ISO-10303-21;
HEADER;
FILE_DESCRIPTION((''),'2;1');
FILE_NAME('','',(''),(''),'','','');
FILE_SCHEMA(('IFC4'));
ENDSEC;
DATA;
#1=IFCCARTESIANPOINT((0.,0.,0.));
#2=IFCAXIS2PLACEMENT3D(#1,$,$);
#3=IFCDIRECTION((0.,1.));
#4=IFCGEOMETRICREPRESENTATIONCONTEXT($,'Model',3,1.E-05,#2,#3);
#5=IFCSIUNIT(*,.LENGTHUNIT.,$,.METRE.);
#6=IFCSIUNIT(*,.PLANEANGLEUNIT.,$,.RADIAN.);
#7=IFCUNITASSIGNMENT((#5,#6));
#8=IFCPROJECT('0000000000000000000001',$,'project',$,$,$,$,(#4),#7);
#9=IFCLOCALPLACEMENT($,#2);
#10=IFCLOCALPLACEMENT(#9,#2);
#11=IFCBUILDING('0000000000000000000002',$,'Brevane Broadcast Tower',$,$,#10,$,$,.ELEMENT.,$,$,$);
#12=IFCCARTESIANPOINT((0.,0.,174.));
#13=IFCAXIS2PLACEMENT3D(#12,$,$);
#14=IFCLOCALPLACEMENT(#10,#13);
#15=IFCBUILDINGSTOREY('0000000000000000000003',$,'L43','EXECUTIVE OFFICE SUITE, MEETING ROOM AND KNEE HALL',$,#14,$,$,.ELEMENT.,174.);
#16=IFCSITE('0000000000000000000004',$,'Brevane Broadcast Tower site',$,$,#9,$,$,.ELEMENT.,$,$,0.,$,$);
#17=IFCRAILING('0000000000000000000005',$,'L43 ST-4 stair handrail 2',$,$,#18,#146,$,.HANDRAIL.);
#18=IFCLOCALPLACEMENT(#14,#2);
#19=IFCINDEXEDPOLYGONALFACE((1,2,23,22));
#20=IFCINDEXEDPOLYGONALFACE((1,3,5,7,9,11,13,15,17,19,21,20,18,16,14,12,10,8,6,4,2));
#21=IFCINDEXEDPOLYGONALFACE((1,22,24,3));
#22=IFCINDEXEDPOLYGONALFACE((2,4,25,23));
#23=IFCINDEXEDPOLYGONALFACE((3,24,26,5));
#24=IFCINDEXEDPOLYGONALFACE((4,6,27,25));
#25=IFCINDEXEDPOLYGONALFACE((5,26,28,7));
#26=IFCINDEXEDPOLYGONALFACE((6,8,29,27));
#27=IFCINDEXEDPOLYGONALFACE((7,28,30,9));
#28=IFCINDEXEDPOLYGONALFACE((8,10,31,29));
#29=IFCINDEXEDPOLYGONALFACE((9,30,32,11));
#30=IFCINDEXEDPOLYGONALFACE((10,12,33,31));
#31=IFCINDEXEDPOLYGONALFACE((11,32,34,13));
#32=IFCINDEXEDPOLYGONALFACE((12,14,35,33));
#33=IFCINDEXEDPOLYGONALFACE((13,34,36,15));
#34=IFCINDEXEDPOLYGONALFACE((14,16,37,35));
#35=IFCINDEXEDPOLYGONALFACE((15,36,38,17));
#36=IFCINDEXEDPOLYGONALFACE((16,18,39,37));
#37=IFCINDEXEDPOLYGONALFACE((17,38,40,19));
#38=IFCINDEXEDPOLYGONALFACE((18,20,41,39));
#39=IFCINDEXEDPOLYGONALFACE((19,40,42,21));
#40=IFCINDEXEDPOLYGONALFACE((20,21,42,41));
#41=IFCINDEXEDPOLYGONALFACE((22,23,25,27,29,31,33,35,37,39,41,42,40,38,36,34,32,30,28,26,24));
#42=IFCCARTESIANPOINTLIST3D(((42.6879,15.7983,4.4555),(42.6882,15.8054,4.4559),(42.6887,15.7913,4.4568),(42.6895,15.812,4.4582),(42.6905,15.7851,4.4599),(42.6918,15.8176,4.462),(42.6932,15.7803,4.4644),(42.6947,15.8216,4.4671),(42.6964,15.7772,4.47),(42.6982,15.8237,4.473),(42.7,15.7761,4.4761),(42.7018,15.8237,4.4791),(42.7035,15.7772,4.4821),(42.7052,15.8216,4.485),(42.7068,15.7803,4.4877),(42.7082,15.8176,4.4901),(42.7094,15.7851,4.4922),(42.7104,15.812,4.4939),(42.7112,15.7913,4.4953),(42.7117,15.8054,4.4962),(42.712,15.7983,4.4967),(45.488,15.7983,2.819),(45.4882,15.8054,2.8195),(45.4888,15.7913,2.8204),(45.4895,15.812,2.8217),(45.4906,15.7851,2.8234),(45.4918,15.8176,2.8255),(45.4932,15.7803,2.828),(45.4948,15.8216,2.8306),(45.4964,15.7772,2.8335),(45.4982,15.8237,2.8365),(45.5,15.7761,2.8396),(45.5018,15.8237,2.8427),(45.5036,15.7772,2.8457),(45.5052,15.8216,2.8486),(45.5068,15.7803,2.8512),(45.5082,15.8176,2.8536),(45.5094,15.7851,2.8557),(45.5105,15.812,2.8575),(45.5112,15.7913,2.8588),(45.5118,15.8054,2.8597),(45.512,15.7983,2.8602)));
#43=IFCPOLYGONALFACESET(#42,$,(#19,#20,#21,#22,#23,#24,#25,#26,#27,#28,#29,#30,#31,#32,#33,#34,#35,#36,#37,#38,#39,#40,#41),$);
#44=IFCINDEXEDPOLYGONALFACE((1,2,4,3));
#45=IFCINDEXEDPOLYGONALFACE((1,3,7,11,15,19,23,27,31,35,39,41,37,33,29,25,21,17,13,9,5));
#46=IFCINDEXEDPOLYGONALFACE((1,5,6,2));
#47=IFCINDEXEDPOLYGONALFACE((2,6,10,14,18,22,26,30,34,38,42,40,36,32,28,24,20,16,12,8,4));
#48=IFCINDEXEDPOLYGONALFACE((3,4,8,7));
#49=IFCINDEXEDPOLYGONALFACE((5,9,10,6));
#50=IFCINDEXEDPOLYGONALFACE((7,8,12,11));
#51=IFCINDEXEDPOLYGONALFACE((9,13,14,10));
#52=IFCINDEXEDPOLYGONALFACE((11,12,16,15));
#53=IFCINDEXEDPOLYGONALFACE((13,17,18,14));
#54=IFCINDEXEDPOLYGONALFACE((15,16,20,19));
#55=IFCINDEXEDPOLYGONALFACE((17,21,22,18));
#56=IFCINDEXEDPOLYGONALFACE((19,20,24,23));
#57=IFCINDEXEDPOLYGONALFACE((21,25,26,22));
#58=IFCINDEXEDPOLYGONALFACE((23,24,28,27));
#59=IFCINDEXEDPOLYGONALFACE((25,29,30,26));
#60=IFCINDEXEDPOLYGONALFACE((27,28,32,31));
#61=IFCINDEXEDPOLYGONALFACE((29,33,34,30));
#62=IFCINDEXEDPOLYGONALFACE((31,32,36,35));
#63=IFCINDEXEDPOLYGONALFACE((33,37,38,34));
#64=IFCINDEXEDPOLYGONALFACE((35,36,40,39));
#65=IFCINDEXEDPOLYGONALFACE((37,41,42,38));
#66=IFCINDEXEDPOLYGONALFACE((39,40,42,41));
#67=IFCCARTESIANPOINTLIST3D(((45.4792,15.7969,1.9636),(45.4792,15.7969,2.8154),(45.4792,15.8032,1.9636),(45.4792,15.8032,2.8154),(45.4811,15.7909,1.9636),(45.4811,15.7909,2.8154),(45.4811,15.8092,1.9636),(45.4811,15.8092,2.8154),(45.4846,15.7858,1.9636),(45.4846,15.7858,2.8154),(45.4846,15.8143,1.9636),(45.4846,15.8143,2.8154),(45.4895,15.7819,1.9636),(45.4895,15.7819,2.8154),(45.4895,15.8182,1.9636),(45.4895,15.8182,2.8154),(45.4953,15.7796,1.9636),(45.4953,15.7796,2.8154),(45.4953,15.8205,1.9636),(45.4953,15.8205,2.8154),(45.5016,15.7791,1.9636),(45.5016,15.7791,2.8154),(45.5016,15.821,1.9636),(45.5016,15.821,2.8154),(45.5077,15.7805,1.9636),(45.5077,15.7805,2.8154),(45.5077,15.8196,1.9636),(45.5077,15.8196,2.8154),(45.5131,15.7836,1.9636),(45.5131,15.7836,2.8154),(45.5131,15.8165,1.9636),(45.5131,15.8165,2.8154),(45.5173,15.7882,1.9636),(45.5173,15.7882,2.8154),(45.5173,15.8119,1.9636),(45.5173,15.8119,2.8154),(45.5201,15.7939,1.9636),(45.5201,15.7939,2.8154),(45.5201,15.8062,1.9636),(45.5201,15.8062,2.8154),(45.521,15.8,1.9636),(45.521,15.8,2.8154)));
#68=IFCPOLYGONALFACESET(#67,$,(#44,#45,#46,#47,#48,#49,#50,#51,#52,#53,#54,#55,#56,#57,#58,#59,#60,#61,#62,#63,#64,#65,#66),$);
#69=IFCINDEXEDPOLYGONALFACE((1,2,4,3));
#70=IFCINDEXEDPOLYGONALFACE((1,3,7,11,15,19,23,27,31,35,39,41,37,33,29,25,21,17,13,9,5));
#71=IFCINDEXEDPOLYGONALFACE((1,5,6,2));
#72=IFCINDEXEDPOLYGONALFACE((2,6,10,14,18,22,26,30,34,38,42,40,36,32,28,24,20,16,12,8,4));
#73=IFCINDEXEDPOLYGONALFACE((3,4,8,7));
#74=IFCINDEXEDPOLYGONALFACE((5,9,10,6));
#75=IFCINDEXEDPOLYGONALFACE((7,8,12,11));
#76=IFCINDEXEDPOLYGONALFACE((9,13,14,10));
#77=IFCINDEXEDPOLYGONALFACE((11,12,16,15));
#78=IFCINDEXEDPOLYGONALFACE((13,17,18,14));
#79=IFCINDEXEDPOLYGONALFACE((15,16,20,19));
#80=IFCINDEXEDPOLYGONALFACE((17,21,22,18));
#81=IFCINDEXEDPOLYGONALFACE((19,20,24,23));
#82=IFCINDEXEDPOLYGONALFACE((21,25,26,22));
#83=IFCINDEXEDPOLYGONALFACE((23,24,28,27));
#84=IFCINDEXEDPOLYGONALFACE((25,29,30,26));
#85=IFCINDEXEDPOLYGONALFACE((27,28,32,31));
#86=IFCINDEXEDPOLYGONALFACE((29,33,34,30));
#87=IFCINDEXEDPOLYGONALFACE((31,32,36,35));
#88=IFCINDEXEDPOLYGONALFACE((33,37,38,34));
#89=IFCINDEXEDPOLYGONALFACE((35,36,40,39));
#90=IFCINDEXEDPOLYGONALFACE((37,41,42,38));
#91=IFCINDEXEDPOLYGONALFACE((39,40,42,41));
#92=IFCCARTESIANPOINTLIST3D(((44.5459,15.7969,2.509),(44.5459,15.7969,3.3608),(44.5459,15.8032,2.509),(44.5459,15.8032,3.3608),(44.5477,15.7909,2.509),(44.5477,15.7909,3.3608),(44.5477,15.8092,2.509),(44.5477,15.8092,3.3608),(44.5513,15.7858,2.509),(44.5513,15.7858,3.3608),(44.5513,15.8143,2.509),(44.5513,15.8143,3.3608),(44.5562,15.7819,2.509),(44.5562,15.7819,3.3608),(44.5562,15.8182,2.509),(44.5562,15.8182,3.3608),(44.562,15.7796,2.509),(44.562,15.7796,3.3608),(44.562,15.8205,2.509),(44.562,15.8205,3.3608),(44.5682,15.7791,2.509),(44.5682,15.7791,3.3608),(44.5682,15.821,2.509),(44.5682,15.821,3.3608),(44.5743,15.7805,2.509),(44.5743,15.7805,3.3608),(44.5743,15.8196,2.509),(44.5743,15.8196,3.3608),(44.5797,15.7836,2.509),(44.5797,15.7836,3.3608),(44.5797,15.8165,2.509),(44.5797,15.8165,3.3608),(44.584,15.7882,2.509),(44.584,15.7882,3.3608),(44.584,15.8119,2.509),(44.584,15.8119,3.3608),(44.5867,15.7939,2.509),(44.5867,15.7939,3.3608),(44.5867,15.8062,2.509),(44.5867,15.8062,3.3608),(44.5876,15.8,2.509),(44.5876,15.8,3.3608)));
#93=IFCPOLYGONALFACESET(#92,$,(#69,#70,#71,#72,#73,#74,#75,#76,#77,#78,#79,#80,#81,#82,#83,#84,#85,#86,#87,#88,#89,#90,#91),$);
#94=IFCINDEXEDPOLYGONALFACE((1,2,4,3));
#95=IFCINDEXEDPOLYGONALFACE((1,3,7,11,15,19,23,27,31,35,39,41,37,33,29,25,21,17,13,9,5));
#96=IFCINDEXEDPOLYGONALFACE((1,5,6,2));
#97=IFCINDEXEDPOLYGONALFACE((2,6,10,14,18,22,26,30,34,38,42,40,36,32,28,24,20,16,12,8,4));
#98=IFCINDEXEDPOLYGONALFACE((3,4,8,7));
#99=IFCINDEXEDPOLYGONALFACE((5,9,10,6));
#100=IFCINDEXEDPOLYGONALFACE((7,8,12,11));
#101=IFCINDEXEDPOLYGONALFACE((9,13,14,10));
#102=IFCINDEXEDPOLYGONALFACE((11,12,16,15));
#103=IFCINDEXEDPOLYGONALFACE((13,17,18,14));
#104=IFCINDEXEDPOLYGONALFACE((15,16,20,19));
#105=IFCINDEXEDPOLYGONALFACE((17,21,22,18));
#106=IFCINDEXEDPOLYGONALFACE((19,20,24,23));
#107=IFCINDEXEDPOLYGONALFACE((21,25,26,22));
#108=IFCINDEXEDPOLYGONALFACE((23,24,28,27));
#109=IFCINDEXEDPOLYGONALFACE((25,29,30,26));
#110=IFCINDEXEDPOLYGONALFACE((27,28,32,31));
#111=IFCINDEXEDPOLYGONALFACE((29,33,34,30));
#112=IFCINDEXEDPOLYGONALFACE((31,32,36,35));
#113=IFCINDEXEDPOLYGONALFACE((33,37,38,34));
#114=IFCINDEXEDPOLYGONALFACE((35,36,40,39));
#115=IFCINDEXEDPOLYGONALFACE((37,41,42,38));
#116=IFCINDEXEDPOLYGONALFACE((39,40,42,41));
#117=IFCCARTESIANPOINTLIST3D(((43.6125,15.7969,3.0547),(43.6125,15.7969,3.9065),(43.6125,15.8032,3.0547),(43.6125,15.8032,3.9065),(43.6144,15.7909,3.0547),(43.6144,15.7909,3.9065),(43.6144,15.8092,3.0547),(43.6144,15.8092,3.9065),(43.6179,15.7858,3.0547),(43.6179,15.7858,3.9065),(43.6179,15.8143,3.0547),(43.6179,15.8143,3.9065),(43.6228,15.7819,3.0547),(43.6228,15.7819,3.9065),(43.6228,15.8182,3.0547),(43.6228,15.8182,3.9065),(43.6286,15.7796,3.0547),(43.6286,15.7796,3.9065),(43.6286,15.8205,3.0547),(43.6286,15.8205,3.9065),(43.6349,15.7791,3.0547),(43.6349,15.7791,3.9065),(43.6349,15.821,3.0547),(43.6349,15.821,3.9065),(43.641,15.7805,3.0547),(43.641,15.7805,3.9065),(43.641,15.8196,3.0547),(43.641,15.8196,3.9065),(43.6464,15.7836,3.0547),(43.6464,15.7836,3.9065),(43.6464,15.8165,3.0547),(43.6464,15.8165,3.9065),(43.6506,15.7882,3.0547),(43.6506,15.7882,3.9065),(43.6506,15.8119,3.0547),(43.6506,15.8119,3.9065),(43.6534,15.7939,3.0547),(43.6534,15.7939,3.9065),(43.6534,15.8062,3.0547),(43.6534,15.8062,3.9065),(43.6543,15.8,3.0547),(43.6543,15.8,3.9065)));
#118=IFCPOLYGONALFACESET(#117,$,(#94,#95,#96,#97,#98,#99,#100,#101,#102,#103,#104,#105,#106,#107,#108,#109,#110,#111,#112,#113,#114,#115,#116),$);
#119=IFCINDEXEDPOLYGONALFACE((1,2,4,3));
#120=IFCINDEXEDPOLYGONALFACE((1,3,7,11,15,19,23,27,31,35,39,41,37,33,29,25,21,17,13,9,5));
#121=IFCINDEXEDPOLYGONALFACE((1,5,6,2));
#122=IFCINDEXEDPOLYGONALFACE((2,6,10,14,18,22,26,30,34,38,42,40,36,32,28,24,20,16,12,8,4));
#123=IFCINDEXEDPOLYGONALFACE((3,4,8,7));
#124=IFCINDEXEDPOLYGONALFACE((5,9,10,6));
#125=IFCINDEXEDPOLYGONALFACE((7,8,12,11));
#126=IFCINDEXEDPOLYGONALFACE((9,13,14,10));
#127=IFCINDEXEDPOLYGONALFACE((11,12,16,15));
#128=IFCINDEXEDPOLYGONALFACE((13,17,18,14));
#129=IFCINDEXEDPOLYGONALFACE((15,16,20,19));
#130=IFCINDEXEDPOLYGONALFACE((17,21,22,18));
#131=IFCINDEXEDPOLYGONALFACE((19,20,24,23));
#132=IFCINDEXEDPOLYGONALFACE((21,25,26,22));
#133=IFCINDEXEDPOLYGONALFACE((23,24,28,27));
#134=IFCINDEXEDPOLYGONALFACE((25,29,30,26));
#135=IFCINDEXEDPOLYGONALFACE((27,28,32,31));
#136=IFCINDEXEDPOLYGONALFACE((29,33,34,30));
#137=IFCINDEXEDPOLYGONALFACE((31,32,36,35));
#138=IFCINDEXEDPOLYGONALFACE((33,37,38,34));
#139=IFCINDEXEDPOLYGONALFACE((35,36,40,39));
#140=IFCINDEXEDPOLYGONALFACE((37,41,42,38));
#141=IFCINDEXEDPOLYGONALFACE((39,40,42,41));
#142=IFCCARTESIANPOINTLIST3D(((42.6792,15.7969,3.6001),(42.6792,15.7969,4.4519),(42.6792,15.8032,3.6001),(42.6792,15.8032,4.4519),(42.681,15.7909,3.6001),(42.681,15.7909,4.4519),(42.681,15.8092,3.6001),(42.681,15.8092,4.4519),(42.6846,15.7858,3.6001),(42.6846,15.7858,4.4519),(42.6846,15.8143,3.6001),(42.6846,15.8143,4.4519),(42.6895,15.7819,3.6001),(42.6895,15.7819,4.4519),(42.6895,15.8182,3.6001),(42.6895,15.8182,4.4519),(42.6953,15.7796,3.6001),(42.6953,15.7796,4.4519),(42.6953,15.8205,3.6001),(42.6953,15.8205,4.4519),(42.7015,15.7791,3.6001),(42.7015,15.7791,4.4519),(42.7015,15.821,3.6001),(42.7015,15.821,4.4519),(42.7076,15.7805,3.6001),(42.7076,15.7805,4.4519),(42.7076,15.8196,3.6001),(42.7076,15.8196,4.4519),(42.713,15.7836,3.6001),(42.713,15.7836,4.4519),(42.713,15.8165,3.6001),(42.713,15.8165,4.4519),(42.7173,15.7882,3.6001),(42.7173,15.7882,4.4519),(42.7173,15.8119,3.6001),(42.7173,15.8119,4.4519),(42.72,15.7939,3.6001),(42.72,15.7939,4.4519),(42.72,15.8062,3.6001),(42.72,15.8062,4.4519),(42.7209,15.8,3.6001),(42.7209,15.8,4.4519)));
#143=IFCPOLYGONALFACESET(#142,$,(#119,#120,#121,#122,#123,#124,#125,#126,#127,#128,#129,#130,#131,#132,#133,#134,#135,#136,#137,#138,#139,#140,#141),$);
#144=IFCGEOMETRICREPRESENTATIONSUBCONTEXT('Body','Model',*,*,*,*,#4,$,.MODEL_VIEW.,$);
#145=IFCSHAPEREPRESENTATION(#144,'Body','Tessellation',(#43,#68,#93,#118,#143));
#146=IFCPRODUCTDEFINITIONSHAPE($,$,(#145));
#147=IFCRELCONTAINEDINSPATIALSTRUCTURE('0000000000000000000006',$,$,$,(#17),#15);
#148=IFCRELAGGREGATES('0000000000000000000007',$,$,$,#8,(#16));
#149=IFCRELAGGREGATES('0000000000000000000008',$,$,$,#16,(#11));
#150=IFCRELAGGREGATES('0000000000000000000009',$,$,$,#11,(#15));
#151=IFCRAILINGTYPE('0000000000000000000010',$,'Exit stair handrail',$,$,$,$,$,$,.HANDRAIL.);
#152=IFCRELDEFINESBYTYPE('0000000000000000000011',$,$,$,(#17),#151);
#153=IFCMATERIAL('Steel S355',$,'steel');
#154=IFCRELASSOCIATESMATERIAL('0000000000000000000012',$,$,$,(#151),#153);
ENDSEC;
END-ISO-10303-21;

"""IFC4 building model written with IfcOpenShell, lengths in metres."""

from ifc_helpers import new_model, si_unit, direction, frame, origin, origin_2d, place, context, subcontext, project, spatial, circle, extrude, material, type_object, element, save


model = new_model("IFC4")

# Units and contexts
model_context = context("Model", 3, precision=1e-05, world=origin(), true_north=direction((0.0, 1.0)))
body_context = subcontext(model_context, "Body", "Model", "MODEL_VIEW")
ifc_project = project(units=[si_unit("LENGTHUNIT", "METRE"), si_unit("PLANEANGLEUNIT", "RADIAN")], contexts=[model_context])

# Site, building, storey
site_placement = place(None, origin())
site = spatial("IfcSite", under=ifc_project, at=site_placement, Name="Brevane Broadcast Tower site", CompositionType="ELEMENT", RefElevation=0.0)
building_placement = place(site_placement, origin())
building = spatial("IfcBuilding", under=site, at=building_placement, Name="Brevane Broadcast Tower", CompositionType="ELEMENT")
storey_placement = place(building_placement, frame((0.0, 0.0, 174.0)))
storey = spatial("IfcBuildingStorey", under=building, at=storey_placement, Name="L43", Description="EXECUTIVE OFFICE SUITE, MEETING ROOM AND KNEE HALL", CompositionType="ELEMENT", Elevation=174.0)

# Railing
ifc_material_1 = material(Name="Steel S355", Category="steel")
railing_type_1 = type_object("IfcRailingType", Name="Exit stair handrail", PredefinedType="HANDRAIL", material=ifc_material_1)
railing_1_placement = place(storey_placement, frame((45.5, 15.8, 1.9636)))
element("IfcRailing", 1, at=railing_1_placement, inside=storey, type_object=railing_type_1, Name="L43 ST-4 stair handrail 2", PredefinedType="HANDRAIL", context=body_context, shape_type="SweptSolid", body=[
    extrude(circle(Radius=0.0239, at=origin_2d()), frame((0.0, 0.0, 0.876), z_axis=(-0.863361, 0.0, 0.504587), x_axis=(0.0, -1.0, 0.0)), (0.0, 0.0, 1.0), 3.2432),
    extrude(circle(Radius=0.021, at=origin_2d()), origin(), (0.0, 0.0, 1.0), 0.8518),
    extrude(circle(Radius=0.021, at=origin_2d()), frame((-0.9333, 0.0, 0.5454)), (0.0, 0.0, 1.0), 0.8518),
    extrude(circle(Radius=0.021, at=origin_2d()), frame((-1.8667, 0.0, 1.0911)), (0.0, 0.0, 1.0), 0.8518),
    extrude(circle(Radius=0.021, at=origin_2d()), frame((-2.8, 0.0, 1.6365)), (0.0, 0.0, 1.0), 0.8518),
])

save(model, "model.ifc")
